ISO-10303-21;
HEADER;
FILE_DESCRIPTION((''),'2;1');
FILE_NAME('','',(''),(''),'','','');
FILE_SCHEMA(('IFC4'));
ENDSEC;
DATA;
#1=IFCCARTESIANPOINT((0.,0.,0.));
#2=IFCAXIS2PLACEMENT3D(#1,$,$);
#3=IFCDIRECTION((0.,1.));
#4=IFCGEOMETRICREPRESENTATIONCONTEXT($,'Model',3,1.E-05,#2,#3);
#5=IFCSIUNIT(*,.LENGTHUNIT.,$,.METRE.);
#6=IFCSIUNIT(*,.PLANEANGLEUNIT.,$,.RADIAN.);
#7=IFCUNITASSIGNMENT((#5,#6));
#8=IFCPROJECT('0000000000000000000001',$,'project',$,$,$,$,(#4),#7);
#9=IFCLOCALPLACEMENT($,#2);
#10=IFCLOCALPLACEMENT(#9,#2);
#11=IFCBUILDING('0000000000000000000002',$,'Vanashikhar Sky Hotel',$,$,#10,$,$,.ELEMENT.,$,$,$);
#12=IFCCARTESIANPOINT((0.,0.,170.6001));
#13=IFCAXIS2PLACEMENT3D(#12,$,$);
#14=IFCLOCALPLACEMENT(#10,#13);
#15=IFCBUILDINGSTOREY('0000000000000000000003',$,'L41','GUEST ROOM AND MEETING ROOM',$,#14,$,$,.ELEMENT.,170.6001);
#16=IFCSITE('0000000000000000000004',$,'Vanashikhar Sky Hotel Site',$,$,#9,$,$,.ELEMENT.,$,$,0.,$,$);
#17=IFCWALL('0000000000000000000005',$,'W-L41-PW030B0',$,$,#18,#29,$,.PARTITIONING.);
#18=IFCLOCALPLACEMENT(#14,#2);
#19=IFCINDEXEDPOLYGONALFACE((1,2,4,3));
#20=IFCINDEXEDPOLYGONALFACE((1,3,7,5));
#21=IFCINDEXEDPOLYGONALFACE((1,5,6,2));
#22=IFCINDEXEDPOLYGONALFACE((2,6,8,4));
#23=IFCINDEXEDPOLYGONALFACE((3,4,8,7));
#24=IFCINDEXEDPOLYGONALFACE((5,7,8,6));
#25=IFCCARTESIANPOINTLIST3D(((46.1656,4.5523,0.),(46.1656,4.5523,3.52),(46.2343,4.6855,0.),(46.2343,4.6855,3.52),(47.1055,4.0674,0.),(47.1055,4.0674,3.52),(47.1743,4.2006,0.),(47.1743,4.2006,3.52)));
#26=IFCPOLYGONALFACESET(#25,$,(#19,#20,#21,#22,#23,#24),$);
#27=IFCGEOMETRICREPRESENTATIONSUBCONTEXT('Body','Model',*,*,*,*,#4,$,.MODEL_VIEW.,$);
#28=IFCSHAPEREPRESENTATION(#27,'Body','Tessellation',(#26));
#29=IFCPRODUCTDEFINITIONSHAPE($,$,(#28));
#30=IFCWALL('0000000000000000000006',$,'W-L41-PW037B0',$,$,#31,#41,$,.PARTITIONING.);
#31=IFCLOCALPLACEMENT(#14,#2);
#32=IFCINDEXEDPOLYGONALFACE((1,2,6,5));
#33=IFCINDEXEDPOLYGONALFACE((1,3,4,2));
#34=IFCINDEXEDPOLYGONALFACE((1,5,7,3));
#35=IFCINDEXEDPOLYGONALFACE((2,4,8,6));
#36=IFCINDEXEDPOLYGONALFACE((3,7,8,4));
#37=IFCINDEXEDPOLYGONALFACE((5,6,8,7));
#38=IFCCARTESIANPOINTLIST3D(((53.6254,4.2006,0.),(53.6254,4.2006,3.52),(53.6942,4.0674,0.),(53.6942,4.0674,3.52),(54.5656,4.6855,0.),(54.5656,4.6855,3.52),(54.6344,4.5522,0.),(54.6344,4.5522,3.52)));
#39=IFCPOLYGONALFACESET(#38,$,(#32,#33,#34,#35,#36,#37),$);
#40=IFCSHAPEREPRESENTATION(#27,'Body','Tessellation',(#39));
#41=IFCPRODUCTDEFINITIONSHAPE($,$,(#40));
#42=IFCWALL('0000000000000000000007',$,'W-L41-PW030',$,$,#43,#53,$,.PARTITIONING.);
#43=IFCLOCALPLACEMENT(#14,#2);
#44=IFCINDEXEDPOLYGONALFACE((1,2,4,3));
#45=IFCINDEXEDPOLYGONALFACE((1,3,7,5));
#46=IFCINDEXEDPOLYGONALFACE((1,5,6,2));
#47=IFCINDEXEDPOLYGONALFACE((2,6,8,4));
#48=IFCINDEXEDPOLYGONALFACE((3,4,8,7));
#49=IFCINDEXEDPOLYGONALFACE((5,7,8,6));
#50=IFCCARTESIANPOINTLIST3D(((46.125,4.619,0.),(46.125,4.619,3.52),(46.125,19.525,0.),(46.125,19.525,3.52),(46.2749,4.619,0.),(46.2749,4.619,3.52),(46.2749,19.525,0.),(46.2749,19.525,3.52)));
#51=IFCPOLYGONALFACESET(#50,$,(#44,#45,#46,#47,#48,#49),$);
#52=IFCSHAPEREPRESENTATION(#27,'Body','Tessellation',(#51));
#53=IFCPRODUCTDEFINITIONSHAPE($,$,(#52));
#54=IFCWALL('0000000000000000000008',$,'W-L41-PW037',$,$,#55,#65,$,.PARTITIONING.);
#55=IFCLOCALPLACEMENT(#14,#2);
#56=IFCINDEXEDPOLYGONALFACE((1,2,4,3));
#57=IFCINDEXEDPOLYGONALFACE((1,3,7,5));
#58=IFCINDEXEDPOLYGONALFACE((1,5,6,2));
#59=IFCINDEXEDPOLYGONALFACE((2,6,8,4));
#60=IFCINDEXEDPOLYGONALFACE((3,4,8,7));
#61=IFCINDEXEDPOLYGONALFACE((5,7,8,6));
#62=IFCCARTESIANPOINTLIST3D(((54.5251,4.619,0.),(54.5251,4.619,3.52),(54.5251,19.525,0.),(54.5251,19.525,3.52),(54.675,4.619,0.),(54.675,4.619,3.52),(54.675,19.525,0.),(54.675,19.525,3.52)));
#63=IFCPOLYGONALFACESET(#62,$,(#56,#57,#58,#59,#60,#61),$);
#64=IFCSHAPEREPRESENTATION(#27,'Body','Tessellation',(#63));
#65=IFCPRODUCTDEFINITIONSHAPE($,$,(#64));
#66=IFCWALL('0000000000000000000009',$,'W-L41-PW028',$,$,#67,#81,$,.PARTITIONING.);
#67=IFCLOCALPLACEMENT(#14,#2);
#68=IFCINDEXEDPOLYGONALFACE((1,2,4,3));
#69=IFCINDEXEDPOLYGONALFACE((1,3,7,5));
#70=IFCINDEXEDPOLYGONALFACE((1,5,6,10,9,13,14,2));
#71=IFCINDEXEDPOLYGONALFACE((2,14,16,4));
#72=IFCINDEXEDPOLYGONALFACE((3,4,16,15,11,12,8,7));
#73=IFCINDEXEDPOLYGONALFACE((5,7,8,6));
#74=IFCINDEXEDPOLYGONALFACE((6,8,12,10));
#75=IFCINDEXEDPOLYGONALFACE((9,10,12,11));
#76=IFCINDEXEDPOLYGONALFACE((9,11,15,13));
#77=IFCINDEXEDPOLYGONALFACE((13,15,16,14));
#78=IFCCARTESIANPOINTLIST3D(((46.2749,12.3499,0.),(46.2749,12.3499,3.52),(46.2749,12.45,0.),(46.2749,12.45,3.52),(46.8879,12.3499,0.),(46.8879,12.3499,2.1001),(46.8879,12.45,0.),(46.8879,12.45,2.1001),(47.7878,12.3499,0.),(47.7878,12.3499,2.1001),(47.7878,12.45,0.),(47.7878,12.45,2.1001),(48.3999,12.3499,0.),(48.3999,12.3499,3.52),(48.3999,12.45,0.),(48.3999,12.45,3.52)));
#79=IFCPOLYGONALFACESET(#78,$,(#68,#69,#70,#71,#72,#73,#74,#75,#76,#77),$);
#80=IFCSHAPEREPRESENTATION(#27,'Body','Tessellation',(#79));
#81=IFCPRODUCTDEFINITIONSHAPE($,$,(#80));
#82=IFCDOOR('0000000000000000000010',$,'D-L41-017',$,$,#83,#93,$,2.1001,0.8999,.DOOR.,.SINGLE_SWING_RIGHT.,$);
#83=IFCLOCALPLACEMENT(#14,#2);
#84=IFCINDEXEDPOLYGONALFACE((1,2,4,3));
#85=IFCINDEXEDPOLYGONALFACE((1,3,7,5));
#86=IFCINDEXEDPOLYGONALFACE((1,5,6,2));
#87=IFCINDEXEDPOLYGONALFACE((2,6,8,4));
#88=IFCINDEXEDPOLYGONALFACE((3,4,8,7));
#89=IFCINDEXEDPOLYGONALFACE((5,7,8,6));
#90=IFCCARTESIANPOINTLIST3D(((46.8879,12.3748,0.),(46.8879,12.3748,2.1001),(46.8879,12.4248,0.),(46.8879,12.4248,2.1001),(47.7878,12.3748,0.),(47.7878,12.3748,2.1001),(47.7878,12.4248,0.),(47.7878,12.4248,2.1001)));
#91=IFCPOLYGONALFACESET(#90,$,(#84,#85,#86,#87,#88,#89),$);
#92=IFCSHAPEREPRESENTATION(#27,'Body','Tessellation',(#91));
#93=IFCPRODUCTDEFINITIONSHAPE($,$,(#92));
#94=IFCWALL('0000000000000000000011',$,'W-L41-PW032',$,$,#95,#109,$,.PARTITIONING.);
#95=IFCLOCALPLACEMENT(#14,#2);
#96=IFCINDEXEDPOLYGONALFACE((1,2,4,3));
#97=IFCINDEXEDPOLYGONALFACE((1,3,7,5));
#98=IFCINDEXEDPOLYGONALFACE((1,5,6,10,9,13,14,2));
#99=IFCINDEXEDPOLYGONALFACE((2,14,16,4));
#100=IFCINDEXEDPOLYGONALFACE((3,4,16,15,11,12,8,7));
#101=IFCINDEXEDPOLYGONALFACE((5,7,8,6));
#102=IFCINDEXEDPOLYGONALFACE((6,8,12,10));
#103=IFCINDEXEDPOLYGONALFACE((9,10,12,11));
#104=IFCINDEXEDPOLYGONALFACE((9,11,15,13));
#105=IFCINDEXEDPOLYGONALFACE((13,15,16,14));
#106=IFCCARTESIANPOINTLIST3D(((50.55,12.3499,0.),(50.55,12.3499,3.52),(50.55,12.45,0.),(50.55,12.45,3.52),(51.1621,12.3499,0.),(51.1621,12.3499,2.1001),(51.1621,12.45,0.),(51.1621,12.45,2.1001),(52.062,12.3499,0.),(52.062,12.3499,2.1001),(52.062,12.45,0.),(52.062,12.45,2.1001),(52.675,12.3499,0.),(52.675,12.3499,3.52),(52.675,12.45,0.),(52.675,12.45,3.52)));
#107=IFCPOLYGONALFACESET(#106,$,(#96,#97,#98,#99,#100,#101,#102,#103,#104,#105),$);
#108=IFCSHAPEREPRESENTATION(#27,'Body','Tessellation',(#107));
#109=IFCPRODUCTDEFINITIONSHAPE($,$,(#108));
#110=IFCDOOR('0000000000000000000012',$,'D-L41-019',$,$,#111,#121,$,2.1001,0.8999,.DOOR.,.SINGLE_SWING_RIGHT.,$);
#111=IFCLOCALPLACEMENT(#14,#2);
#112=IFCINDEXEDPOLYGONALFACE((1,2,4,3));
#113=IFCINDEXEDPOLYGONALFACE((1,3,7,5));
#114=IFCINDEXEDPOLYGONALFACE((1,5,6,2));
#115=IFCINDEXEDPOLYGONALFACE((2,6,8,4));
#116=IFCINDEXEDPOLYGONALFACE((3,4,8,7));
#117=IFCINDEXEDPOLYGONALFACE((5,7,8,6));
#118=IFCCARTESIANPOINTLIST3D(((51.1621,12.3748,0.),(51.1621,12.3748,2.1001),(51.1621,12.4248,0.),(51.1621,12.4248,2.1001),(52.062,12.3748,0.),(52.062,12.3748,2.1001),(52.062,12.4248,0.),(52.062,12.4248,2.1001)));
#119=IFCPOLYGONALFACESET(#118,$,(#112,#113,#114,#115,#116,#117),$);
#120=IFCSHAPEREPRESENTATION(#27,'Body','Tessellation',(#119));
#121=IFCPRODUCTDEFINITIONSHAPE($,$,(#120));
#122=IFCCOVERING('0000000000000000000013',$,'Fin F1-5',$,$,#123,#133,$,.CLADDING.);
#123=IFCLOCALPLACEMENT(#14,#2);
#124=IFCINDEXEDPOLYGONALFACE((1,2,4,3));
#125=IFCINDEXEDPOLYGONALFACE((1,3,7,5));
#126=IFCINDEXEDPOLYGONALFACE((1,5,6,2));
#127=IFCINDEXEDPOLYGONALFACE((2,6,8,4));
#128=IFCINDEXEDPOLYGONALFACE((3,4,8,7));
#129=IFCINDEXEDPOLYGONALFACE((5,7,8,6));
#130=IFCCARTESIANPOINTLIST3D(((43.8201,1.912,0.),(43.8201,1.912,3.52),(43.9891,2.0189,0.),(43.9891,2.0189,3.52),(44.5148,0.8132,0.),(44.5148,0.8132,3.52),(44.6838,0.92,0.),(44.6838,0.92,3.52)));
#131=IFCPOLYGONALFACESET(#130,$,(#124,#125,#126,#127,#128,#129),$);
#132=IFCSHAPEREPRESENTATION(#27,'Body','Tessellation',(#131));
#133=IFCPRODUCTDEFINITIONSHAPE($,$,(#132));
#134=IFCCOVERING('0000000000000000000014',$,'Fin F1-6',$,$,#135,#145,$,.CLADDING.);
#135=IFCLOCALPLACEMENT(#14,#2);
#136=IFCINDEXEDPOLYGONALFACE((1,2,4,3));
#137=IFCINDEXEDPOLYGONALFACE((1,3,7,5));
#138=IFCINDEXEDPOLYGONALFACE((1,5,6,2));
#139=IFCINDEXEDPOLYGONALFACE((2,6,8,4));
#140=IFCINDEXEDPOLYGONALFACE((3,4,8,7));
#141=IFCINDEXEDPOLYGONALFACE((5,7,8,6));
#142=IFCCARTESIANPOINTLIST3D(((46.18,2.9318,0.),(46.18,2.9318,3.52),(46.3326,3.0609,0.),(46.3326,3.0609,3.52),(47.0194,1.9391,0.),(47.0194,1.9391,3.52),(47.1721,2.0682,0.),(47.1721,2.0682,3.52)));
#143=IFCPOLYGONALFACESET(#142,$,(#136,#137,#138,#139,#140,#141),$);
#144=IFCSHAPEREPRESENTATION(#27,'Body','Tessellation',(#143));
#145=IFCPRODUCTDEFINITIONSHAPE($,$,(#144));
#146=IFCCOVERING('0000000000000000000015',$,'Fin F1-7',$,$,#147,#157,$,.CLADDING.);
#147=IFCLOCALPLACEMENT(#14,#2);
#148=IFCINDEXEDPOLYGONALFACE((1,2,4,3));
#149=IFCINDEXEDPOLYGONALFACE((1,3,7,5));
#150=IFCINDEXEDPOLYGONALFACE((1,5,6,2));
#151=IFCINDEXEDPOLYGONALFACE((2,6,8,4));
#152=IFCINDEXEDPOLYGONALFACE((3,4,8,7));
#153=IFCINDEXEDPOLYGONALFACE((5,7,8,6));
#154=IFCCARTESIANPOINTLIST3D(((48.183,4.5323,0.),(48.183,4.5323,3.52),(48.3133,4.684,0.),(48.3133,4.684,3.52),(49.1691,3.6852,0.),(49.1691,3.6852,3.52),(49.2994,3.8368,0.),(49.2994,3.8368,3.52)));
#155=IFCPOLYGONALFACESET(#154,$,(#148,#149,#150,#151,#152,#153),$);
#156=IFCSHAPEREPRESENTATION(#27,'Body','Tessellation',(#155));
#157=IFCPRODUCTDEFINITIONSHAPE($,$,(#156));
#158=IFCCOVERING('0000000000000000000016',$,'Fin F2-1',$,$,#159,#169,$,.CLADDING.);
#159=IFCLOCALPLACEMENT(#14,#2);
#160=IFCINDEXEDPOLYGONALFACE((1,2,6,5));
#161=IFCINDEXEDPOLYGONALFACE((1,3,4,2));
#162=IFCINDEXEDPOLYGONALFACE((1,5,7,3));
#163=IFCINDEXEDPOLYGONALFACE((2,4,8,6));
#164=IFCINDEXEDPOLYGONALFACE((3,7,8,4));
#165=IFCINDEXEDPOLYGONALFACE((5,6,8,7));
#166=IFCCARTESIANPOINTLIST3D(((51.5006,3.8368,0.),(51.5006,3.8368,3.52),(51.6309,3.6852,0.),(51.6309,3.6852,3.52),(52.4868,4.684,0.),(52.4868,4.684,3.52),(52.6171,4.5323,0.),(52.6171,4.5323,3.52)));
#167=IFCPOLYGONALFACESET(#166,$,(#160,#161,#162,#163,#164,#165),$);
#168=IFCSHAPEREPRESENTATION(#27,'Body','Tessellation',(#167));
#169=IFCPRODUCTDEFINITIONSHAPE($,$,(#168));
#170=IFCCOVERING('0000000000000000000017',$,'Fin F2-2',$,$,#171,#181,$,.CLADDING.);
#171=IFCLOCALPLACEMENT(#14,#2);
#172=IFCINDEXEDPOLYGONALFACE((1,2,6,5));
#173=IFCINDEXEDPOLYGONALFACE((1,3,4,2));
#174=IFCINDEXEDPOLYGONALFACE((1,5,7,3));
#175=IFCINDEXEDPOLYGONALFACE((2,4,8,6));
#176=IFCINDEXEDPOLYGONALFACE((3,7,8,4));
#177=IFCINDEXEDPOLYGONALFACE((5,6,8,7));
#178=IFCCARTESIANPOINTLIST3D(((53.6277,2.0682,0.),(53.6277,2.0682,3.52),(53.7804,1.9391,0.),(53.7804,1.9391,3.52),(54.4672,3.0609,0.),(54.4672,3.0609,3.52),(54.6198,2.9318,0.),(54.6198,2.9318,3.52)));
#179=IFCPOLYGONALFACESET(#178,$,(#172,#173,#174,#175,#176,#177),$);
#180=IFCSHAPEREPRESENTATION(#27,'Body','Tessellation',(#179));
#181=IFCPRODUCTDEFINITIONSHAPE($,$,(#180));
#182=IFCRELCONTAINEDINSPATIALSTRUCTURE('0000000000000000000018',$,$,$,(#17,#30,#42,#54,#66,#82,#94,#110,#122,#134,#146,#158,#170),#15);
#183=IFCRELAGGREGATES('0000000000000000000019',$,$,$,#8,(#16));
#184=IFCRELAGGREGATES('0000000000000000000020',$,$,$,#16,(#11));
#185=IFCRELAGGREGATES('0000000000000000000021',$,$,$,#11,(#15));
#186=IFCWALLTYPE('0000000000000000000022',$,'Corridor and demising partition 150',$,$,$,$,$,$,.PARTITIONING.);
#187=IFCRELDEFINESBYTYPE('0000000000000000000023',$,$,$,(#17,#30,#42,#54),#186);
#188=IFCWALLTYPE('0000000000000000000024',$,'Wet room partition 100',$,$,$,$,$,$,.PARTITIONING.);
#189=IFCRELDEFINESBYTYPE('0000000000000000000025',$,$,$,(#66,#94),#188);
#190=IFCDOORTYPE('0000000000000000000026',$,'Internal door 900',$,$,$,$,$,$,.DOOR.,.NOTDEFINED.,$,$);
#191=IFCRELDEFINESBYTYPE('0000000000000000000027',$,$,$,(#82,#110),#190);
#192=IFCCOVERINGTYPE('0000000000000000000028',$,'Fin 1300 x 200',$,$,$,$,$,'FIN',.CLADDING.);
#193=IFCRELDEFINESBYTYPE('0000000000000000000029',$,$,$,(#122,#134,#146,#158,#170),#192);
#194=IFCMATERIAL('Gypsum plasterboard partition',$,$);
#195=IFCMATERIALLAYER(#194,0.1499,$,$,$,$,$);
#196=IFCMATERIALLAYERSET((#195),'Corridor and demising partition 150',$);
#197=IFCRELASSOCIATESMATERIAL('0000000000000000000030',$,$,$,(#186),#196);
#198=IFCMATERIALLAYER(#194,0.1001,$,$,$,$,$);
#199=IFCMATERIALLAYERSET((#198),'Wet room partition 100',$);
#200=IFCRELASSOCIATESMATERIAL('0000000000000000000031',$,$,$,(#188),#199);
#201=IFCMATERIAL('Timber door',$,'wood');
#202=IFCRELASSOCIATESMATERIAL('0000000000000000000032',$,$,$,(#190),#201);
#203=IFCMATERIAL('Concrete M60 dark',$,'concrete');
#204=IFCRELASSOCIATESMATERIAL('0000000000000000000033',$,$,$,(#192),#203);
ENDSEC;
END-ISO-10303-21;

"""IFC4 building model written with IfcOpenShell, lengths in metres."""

from ifc_helpers import new_model, si_unit, direction, frame, frame_2d, origin, origin_2d, place, context, subcontext, project, spatial, rectangle, extrude, source, transform, mapped, material, layer, layer_set, material_profile, profile_set, type_object, element, fill, save


model = new_model("IFC4")

# Units and contexts
model_context = context("Model", 3, precision=1e-05, world=origin(), true_north=direction((0.0, 1.0)))
body_context = subcontext(model_context, "Body", "Model", "MODEL_VIEW")
ifc_project = project(units=[si_unit("LENGTHUNIT", "METRE"), si_unit("PLANEANGLEUNIT", "RADIAN")], contexts=[model_context])

# Site, building, storey
site_placement = place(None, origin())
site = spatial("IfcSite", under=ifc_project, at=site_placement, Name="Vanashikhar Sky Hotel Site", CompositionType="ELEMENT", RefElevation=0.0)
building_placement = place(site_placement, origin())
building = spatial("IfcBuilding", under=site, at=building_placement, Name="Vanashikhar Sky Hotel", CompositionType="ELEMENT")
storey_placement = place(building_placement, frame((0.0, 0.0, 170.6001)))
storey = spatial("IfcBuildingStorey", under=building, at=storey_placement, Name="L41", Description="GUEST ROOM AND MEETING ROOM", CompositionType="ELEMENT", Elevation=170.6001)

# Walls
ifc_material_1 = material(Name="Gypsum plasterboard partition")
ifc_layer_1 = layer(ifc_material_1, 0.1499)
ifc_layer_set_1 = layer_set([ifc_layer_1], Name="Corridor and demising partition 150")
wall_type_1 = type_object("IfcWallType", Name="Corridor and demising partition 150", PredefinedType="PARTITIONING", material=ifc_layer_set_1)
shared_shape_1 = source(origin(), body_context, "Body", "SweptSolid", [
    extrude(rectangle(XDim=1.0576, YDim=0.1499, at=frame_2d((0.5288, 0.0))), origin(), (0.0, 0.0, 1.0), 3.52),
])
wall_1_placement = place(storey_placement, frame((47.1399, 4.134, 0.0), z_axis=(0.0, 0.0, 1.0), x_axis=(-0.888724, 0.458443, 0.0)))
element("IfcWall", 1, at=wall_1_placement, inside=storey, type_object=wall_type_1, Name="W-L41-PW030B0", PredefinedType="PARTITIONING", context=body_context, shape_type="MappedRepresentation", body=[
    mapped(shared_shape_1, transform((0.0, 0.0, 0.0), scale=1.0)),
])
shared_shape_2 = source(origin(), body_context, "Body", "SweptSolid", [
    extrude(rectangle(XDim=1.0579, YDim=0.1499, at=frame_2d((0.5288, 0.0))), origin(), (0.0, 0.0, 1.0), 3.52),
])
wall_2_placement = place(storey_placement, frame((53.6599, 4.134, 0.0), z_axis=(0.0, 0.0, 1.0), x_axis=(0.888772, 0.458349, 0.0)))
element("IfcWall", 2, at=wall_2_placement, inside=storey, type_object=wall_type_1, Name="W-L41-PW037B0", PredefinedType="PARTITIONING", context=body_context, shape_type="MappedRepresentation", body=[
    mapped(shared_shape_2, transform((0.0, 0.0, 0.0), scale=1.0)),
])
shared_shape_3 = source(origin(), body_context, "Body", "SweptSolid", [
    extrude(rectangle(XDim=14.906, YDim=0.1499, at=frame_2d((7.4531, 0.0))), origin(), (0.0, 0.0, 1.0), 3.52),
])
for number, where, z_axis, x_axis, name in (
    (3, (46.2, 4.6189, 0.0), (0.0, 0.0, 1.0), (0.0, 1.0, 0.0), "W-L41-PW030"),
    (4, (54.6001, 4.6189, 0.0), (0.0, 0.0, 1.0), (0.0, 1.0, 0.0), "W-L41-PW037"),
):
    element("IfcWall", number, at=place(storey_placement, frame(where, z_axis=z_axis, x_axis=x_axis)), inside=storey, type_object=wall_type_1, Name=name, PredefinedType="PARTITIONING", context=body_context, shape_type="MappedRepresentation", body=[
        mapped(shared_shape_3, transform((0.0, 0.0, 0.0), scale=1.0)),
    ])

# Walls, openings, doors
ifc_layer_2 = layer(ifc_material_1, 0.1001)
ifc_layer_set_2 = layer_set([ifc_layer_2], Name="Wet room partition 100")
wall_type_2 = type_object("IfcWallType", Name="Wet room partition 100", PredefinedType="PARTITIONING", material=ifc_layer_set_2)
shared_shape_4 = source(origin(), body_context, "Body", "SweptSolid", [
    extrude(rectangle(XDim=2.125, YDim=0.1001, at=frame_2d((1.0625, 0.0))), origin(), (0.0, 0.0, 1.0), 3.52),
])
wall_3_placement = place(storey_placement, frame((46.2749, 12.3999, 0.0), z_axis=(0.0, 0.0, 1.0), x_axis=(1.0, 0.0, 0.0)))
wall_3 = element("IfcWall", 5, at=wall_3_placement, inside=storey, type_object=wall_type_2, Name="W-L41-PW028", PredefinedType="PARTITIONING", context=body_context, shape_type="MappedRepresentation", body=[
    mapped(shared_shape_4, transform((0.0, 0.0, 0.0), scale=1.0)),
])
shared_shape_5 = source(origin(), body_context, "Body", "SweptSolid", [
    extrude(rectangle(XDim=0.8999, YDim=2.1001, at=frame_2d((0.45, 1.05))), frame((0.0, 0.0601, 0.0), z_axis=(0.0, -1.0, 0.0), x_axis=(1.0, 0.0, 0.0)), (0.0, 0.0, 1.0), 0.1201),
])
opening_1_placement = place(wall_3_placement, frame((0.613, 0.0, 0.0)))
opening_1 = element("IfcOpeningElement", 6, at=opening_1_placement, cuts=wall_3, PredefinedType="OPENING", context=body_context, shape_type="MappedRepresentation", body=[
    mapped(shared_shape_5, transform((0.0, 0.0, 0.0), scale=1.0)),
])
ifc_material_2 = material(Name="Timber door", Category="wood")
door_type = type_object("IfcDoorType", Name="Internal door 900", OperationType="NOTDEFINED", PredefinedType="DOOR", material=ifc_material_2)
shared_shape_6 = source(origin(), body_context, "Body", "SweptSolid", [
    extrude(rectangle(XDim=0.8999, YDim=2.1001, at=frame_2d((0.45, 1.05))), frame((0.0, 0.0249, 0.0), z_axis=(0.0, -1.0, 0.0), x_axis=(1.0, 0.0, 0.0)), (0.0, 0.0, 1.0), 0.05),
])
door_1_placement = place(opening_1_placement, origin())
door_1 = element("IfcDoor", 7, at=door_1_placement, inside=storey, type_object=door_type, Name="D-L41-017", OperationType="SINGLE_SWING_RIGHT", OverallHeight=2.1001, OverallWidth=0.8999, PredefinedType="DOOR", context=body_context, shape_type="MappedRepresentation", body=[
    mapped(shared_shape_6, transform((0.0, 0.0, 0.0), scale=1.0)),
])
fill(opening_1, door_1)
wall_4_placement = place(storey_placement, frame((50.55, 12.3999, 0.0), z_axis=(0.0, 0.0, 1.0), x_axis=(1.0, 0.0, 0.0)))
wall_4 = element("IfcWall", 8, at=wall_4_placement, inside=storey, type_object=wall_type_2, Name="W-L41-PW032", PredefinedType="PARTITIONING", context=body_context, shape_type="MappedRepresentation", body=[
    mapped(shared_shape_4, transform((0.0, 0.0, 0.0), scale=1.0)),
])
opening_2_placement = place(wall_4_placement, frame((0.6121, 0.0, 0.0)))
opening_2 = element("IfcOpeningElement", 9, at=opening_2_placement, cuts=wall_4, PredefinedType="OPENING", context=body_context, shape_type="MappedRepresentation", body=[
    mapped(shared_shape_5, transform((0.0, 0.0, 0.0), scale=1.0)),
])
door_2_placement = place(opening_2_placement, origin())
door_2 = element("IfcDoor", 10, at=door_2_placement, inside=storey, type_object=door_type, Name="D-L41-019", OperationType="SINGLE_SWING_RIGHT", OverallHeight=2.1001, OverallWidth=0.8999, PredefinedType="DOOR", context=body_context, shape_type="MappedRepresentation", body=[
    mapped(shared_shape_6, transform((0.0, 0.0, 0.0), scale=1.0)),
])
fill(opening_2, door_2)

# Coverings
ifc_material_3 = material(Name="Concrete M60 dark", Category="concrete")
ifc_material_profile = material_profile(ifc_material_3, rectangle(XDim=1.3, YDim=0.2, at=origin_2d()))
ifc_profile_set = profile_set([ifc_material_profile], Name="Fin 1300 x 200")
covering_type = type_object("IfcCoveringType", Name="Fin 1300 x 200", ElementType="FIN", PredefinedType="CLADDING", material=ifc_profile_set)
shared_shape_7 = source(origin(), body_context, "Body", "SweptSolid", [
    extrude(rectangle(XDim=1.3, YDim=0.2, at=origin_2d()), origin(), (0.0, 0.0, 1.0), 3.52),
])
for number, where, z_axis, x_axis, name in (
    (11, (44.252, 1.416, 0.0), (0.0, 0.0, 1.0), (0.534411, -0.845225, 0.0), "Fin F1-5"),
    (12, (46.676, 2.5, 0.0), (0.0, 0.0, 1.0), (0.645698, -0.763593, 0.0), "Fin F1-6"),
    (13, (48.7412, 4.1846, 0.0), (0.0, 0.0, 1.0), (0.758544, -0.651622, 0.0), "Fin F1-7"),
    (14, (52.0588, 4.1846, 0.0), (0.0, 0.0, 1.0), (-0.758544, -0.651622, 0.0), "Fin F2-1"),
    (15, (54.1238, 2.5, 0.0), (0.0, 0.0, 1.0), (-0.645698, -0.763593, 0.0), "Fin F2-2"),
):
    element("IfcCovering", number, at=place(storey_placement, frame(where, z_axis=z_axis, x_axis=x_axis)), inside=storey, type_object=covering_type, Name=name, PredefinedType="CLADDING", context=body_context, shape_type="MappedRepresentation", body=[
        mapped(shared_shape_7, transform((0.0, 0.0, 0.0), scale=1.0)),
    ])

save(model, "model.ifc")
